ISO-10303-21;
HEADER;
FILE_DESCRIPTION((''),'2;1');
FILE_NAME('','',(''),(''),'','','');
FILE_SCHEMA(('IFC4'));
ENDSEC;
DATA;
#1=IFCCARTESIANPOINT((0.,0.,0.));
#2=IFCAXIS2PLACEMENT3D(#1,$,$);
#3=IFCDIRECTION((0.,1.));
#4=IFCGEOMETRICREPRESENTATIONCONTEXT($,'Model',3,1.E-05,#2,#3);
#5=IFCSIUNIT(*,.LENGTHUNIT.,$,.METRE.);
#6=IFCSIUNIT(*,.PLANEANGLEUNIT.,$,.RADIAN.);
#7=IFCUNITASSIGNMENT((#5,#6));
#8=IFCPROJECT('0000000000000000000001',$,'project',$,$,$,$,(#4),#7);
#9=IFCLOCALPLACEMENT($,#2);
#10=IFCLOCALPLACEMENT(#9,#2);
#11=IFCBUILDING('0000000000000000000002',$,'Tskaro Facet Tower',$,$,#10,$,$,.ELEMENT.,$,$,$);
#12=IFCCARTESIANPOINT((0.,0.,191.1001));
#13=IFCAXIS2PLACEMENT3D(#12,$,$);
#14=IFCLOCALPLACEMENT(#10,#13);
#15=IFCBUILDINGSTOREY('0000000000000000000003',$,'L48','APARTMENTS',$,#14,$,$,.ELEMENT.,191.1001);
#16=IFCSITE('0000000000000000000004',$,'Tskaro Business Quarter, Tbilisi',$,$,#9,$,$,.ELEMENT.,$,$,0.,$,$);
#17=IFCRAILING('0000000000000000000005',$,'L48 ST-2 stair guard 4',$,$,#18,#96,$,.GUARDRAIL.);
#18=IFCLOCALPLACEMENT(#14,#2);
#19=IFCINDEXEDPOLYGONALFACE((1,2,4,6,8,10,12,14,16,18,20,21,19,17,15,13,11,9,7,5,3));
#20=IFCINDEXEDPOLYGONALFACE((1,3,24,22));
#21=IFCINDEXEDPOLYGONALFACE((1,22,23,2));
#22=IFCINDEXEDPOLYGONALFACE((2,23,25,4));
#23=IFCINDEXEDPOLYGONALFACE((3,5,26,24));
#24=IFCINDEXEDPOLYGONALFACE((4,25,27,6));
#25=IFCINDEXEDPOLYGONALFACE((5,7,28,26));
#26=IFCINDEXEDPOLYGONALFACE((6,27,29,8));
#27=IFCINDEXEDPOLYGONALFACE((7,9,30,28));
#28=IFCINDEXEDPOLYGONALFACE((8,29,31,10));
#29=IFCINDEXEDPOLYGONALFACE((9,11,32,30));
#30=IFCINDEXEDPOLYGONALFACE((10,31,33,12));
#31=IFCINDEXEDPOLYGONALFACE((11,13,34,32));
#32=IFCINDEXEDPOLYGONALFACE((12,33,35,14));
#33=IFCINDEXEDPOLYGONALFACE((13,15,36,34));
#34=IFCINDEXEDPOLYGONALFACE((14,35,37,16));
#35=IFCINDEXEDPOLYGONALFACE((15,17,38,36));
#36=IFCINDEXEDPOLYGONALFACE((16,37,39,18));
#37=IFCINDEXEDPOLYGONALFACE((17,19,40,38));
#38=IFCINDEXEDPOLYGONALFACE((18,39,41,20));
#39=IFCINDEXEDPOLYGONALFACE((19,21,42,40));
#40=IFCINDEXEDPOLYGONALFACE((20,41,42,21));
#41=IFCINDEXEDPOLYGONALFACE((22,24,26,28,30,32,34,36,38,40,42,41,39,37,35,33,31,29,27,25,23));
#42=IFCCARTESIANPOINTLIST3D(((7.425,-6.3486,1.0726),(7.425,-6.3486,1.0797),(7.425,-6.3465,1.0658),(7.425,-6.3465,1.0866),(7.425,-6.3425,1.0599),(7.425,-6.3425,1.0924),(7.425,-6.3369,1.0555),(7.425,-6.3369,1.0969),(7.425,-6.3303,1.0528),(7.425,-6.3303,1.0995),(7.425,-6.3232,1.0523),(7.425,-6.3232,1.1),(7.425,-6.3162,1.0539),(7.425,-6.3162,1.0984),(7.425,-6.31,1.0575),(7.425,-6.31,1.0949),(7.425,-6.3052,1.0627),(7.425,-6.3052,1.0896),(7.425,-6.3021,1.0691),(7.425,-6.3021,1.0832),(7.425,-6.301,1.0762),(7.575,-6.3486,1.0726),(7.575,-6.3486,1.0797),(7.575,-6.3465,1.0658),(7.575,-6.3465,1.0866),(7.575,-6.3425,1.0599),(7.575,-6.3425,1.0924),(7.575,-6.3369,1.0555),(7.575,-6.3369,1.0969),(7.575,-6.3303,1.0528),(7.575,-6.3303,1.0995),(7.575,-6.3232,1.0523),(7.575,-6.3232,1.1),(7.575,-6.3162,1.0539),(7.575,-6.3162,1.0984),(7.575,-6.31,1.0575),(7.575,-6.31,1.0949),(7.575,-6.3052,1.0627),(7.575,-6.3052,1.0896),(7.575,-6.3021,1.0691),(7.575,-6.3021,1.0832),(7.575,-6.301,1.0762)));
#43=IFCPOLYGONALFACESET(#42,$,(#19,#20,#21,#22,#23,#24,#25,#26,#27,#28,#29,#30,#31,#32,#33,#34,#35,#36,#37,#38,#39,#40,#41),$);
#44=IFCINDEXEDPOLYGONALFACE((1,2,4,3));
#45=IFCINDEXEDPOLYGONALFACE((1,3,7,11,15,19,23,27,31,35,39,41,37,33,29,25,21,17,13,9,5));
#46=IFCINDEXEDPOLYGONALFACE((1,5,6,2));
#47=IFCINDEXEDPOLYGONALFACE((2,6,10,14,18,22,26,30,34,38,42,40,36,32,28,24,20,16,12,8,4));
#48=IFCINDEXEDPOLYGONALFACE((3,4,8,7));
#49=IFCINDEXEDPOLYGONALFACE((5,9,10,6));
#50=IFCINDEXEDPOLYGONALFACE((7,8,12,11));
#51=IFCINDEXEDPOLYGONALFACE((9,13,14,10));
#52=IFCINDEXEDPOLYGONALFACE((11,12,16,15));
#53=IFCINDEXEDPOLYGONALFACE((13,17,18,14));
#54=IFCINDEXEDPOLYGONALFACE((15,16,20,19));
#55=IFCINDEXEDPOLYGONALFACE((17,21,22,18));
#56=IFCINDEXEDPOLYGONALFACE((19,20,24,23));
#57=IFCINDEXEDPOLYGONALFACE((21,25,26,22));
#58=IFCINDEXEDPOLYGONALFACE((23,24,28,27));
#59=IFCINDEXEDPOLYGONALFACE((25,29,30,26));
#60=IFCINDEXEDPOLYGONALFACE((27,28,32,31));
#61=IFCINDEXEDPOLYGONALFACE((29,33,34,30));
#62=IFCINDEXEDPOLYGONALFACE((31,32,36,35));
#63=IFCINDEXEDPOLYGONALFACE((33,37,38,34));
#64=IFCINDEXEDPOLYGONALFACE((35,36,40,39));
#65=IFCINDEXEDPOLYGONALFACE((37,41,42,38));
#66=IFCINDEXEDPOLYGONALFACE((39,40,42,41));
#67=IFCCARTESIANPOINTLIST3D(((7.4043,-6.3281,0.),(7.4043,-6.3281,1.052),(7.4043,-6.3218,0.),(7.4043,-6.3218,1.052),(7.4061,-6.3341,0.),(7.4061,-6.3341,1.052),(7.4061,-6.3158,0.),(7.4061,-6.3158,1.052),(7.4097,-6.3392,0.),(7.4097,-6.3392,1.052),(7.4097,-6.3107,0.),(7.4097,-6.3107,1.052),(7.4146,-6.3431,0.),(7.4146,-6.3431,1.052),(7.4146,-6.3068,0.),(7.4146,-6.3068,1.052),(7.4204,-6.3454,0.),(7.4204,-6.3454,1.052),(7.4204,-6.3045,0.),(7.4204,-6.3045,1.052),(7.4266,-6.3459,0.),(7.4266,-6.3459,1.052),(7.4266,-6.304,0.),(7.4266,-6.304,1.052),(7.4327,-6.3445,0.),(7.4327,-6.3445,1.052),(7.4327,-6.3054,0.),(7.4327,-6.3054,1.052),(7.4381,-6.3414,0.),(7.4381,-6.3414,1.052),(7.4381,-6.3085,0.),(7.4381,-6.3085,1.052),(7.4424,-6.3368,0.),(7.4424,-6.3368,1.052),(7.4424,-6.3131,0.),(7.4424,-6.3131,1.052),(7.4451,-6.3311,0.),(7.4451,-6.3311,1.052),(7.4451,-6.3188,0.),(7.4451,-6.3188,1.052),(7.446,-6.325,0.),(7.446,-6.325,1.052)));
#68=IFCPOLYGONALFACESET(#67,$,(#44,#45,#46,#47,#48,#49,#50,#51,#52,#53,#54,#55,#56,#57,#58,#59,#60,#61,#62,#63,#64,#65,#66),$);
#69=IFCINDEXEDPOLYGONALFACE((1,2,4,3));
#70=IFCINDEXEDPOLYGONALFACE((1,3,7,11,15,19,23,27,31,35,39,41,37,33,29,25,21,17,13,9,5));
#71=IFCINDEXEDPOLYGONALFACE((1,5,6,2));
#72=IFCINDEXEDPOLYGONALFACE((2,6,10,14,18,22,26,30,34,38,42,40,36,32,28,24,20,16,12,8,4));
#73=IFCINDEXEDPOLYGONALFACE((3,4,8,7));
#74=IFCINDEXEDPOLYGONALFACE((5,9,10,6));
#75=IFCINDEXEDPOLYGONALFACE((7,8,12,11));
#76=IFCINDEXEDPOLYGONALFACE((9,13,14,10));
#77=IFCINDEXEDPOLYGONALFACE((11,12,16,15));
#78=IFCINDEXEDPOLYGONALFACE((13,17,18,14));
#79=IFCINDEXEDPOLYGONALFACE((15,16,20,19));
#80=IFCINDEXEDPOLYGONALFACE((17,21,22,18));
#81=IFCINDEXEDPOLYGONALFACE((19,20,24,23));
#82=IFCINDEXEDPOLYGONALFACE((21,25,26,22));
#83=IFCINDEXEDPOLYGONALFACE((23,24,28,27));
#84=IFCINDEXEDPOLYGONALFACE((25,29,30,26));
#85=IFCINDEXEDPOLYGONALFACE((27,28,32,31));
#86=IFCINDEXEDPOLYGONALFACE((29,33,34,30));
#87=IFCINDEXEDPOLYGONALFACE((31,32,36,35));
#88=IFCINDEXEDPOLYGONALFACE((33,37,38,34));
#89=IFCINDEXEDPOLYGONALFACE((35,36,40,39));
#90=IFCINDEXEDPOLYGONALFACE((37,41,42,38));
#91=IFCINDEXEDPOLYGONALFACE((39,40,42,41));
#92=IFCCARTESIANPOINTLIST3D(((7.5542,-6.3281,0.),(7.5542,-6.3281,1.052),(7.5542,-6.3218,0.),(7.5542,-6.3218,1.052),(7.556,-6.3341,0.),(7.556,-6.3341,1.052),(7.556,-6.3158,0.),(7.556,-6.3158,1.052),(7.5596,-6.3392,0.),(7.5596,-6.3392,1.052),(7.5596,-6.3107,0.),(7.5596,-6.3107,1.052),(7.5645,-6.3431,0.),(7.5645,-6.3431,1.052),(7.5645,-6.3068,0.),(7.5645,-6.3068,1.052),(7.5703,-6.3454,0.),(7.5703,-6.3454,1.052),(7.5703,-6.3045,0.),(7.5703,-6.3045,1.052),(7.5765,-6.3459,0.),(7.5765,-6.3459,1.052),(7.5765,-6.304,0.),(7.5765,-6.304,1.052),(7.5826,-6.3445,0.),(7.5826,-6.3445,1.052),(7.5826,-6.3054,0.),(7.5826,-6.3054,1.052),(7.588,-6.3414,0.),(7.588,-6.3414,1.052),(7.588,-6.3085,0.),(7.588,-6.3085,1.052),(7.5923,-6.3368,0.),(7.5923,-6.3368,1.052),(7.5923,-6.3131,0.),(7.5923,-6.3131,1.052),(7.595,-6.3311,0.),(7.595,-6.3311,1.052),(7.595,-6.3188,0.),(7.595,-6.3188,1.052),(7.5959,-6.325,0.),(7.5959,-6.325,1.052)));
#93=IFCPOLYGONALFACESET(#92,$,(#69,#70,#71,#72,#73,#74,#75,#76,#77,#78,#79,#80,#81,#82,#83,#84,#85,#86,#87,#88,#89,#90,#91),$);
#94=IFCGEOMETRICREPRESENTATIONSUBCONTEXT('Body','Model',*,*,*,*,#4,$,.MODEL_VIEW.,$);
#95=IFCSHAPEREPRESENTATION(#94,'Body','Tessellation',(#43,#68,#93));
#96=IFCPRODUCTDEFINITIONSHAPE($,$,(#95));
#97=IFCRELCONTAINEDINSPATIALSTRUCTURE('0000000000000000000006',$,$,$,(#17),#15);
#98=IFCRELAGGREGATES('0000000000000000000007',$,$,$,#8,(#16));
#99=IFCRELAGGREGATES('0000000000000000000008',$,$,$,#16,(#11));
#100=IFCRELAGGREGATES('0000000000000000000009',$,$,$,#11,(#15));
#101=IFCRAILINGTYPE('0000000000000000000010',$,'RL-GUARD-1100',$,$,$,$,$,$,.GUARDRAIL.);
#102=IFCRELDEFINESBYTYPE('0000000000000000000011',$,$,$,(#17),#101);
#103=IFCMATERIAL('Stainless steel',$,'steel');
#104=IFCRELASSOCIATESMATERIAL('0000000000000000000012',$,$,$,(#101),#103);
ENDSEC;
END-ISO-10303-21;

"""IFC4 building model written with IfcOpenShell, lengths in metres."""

from ifc_helpers import new_model, si_unit, direction, frame, origin, origin_2d, place, context, subcontext, project, spatial, circle, extrude, material, type_object, element, save


model = new_model("IFC4")

# Units and contexts
model_context = context("Model", 3, precision=1e-05, world=origin(), true_north=direction((0.0, 1.0)))
body_context = subcontext(model_context, "Body", "Model", "MODEL_VIEW")
ifc_project = project(units=[si_unit("LENGTHUNIT", "METRE"), si_unit("PLANEANGLEUNIT", "RADIAN")], contexts=[model_context])

# Site, building, storey
site_placement = place(None, origin())
site = spatial("IfcSite", under=ifc_project, at=site_placement, Name="Tskaro Business Quarter, Tbilisi", CompositionType="ELEMENT", RefElevation=0.0)
building_placement = place(site_placement, origin())
building = spatial("IfcBuilding", under=site, at=building_placement, Name="Tskaro Facet Tower", CompositionType="ELEMENT")
storey_placement = place(building_placement, frame((0.0, 0.0, 191.1001)))
storey = spatial("IfcBuildingStorey", under=building, at=storey_placement, Name="L48", Description="APARTMENTS", CompositionType="ELEMENT", Elevation=191.1001)

# Shared definitions
ifc_material_1 = material(Name="Stainless steel", Category="steel")

# Railing
railing_type_1 = type_object("IfcRailingType", Name="RL-GUARD-1100", PredefinedType="GUARDRAIL", material=ifc_material_1)
railing_1_placement = place(storey_placement, frame((7.425, -6.325, 0.0)))
element("IfcRailing", 1, at=railing_1_placement, inside=storey, type_object=railing_type_1, Name="L48 ST-2 stair guard 4", PredefinedType="GUARDRAIL", context=body_context, shape_type="SweptSolid", body=[
    extrude(circle(Radius=0.0239, at=origin_2d()), frame((0.0, 0.0, 1.0762), z_axis=(1.0, 0.0, 0.0), x_axis=(0.0, 1.0, 0.0)), (0.0, 0.0, 1.0), 0.1499),
    extrude(circle(Radius=0.021, at=origin_2d()), origin(), (0.0, 0.0, 1.0), 1.052),
    extrude(circle(Radius=0.021, at=origin_2d()), frame((0.1499, 0.0, 0.0)), (0.0, 0.0, 1.0), 1.052),
])

save(model, "model.ifc")
